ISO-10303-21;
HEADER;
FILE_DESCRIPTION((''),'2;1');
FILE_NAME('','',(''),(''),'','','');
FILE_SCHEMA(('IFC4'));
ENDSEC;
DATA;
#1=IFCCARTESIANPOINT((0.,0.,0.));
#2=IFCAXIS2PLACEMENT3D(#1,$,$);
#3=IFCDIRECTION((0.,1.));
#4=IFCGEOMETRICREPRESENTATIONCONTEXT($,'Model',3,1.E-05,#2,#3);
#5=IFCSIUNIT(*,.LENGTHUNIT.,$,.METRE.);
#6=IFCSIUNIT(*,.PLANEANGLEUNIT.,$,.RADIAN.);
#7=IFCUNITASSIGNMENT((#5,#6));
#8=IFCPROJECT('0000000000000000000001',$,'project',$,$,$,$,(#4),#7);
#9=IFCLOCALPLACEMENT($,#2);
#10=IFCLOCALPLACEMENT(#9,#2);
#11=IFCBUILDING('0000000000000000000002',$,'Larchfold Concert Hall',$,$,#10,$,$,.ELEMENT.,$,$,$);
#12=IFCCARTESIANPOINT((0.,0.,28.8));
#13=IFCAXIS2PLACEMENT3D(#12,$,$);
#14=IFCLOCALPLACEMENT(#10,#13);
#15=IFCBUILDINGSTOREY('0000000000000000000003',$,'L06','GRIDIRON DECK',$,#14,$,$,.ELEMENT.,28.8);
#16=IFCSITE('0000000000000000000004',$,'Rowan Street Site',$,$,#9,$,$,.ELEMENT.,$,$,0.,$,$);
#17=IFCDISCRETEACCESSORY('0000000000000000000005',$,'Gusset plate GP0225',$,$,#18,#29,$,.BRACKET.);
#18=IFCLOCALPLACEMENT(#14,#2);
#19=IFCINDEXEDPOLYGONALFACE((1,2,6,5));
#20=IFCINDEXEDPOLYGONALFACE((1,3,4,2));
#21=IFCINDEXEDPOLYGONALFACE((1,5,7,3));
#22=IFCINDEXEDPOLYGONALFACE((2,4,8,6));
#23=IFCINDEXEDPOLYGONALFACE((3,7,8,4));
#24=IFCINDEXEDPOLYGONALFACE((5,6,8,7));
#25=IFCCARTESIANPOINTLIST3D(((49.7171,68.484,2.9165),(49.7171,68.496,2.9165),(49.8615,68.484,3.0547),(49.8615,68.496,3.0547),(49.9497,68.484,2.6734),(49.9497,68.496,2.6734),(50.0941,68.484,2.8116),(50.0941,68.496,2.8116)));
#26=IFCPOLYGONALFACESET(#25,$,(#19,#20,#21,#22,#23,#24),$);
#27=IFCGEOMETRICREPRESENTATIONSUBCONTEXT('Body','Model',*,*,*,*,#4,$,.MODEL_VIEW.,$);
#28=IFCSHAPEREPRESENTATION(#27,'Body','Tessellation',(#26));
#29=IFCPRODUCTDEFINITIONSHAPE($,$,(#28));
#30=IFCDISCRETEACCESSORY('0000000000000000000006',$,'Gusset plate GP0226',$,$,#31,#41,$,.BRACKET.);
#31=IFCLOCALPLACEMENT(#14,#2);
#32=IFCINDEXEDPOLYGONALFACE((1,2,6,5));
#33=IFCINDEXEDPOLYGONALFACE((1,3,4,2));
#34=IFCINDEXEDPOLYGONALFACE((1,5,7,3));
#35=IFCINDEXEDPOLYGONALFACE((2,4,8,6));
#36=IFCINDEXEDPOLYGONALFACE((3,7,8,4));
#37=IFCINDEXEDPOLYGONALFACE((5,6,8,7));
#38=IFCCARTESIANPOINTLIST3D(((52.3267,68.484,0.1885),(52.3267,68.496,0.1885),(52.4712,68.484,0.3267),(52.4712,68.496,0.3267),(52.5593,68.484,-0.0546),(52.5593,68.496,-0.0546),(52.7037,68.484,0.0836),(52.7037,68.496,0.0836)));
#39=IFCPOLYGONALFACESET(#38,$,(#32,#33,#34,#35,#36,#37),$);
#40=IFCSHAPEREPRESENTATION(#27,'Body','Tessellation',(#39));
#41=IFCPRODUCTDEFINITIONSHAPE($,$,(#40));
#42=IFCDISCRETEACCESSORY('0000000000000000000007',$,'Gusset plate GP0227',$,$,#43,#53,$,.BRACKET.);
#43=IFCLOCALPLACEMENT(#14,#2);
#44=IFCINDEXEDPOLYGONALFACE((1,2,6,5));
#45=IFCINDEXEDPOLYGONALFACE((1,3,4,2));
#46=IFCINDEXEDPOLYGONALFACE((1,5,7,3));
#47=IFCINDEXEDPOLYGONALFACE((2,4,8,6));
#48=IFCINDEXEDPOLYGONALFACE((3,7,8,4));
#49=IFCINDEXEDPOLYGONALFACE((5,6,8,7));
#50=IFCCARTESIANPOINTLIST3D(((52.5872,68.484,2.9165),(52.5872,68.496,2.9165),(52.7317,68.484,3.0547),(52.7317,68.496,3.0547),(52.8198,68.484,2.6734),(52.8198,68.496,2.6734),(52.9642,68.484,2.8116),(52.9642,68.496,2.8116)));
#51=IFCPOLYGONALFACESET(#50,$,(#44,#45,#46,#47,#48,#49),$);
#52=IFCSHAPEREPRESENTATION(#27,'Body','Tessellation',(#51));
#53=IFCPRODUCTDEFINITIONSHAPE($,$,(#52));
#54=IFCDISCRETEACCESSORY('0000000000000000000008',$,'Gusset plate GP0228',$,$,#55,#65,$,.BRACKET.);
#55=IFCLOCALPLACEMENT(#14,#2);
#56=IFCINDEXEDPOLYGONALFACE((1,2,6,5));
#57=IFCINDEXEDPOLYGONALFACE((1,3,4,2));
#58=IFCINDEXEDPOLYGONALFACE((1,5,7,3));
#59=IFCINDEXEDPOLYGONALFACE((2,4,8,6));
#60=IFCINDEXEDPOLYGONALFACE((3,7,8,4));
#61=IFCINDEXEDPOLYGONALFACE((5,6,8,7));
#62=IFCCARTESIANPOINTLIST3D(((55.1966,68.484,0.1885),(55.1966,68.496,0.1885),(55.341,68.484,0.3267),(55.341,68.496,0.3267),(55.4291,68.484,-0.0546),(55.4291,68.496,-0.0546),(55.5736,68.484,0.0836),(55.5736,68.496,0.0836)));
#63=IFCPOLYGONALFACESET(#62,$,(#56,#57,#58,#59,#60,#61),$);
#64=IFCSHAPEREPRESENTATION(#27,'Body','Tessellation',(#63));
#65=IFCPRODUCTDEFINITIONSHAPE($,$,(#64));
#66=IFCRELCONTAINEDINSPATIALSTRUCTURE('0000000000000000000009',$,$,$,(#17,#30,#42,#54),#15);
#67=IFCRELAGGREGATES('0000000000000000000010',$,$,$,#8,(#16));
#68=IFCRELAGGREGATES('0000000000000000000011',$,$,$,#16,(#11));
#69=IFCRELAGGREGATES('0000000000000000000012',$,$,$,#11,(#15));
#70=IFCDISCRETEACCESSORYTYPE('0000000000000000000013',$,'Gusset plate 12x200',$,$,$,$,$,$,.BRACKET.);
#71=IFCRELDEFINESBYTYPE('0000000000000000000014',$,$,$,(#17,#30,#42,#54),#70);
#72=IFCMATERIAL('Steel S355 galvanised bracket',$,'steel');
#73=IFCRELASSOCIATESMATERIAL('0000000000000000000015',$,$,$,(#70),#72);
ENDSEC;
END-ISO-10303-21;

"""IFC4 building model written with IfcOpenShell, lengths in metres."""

from ifc_helpers import new_model, si_unit, direction, frame, origin, origin_2d, place, context, subcontext, project, spatial, rectangle, extrude, material, material_profile, profile_set, type_object, element, save


model = new_model("IFC4")

# Units and contexts
model_context = context("Model", 3, precision=1e-05, world=origin(), true_north=direction((0.0, 1.0)))
body_context = subcontext(model_context, "Body", "Model", "MODEL_VIEW")
ifc_project = project(units=[si_unit("LENGTHUNIT", "METRE"), si_unit("PLANEANGLEUNIT", "RADIAN")], contexts=[model_context])

# Site, building, storey
site_placement = place(None, origin())
site = spatial("IfcSite", under=ifc_project, at=site_placement, Name="Rowan Street Site", CompositionType="ELEMENT", RefElevation=0.0)
building_placement = place(site_placement, origin())
building = spatial("IfcBuilding", under=site, at=building_placement, Name="Larchfold Concert Hall", CompositionType="ELEMENT")
storey_placement = place(building_placement, frame((0.0, 0.0, 28.8)))
storey = spatial("IfcBuildingStorey", under=building, at=storey_placement, Name="L06", Description="GRIDIRON DECK", CompositionType="ELEMENT", Elevation=28.8)

# Discrete accessories
ifc_material_1 = material(Name="Steel S355 galvanised bracket", Category="steel")
ifc_material_profile_1 = material_profile(ifc_material_1, rectangle(XDim=0.012, YDim=0.2, at=origin_2d()))
ifc_profile_set_1 = profile_set([ifc_material_profile_1], Name="Steel S355 galvanised bracket")
discrete_accessory_type = type_object("IfcDiscreteAccessoryType", Name="Gusset plate 12x200", PredefinedType="BRACKET", material=ifc_profile_set_1)
for number, where, z_axis, x_axis, name in (
    (1, (49.7893, 68.49, 2.9856), (0.691338, 0.0, -0.722532), (0.0, 1.0, 0.0), "Gusset plate GP0225"),
    (2, (52.3989, 68.49, 0.2576), (0.691338, 0.0, -0.722532), (0.0, 1.0, 0.0), "Gusset plate GP0226"),
    (3, (52.6594, 68.49, 2.9856), (0.691338, 0.0, -0.722532), (0.0, 1.0, 0.0), "Gusset plate GP0227"),
    (4, (55.2688, 68.49, 0.2576), (0.691338, 0.0, -0.722532), (0.0, 1.0, 0.0), "Gusset plate GP0228"),
):
    element("IfcDiscreteAccessory", number, at=place(storey_placement, frame(where, z_axis=z_axis, x_axis=x_axis)), inside=storey, type_object=discrete_accessory_type, Name=name, PredefinedType="BRACKET", context=body_context, shape_type="SweptSolid", body=[
        extrude(rectangle(XDim=0.012, YDim=0.2, at=origin_2d()), origin(), (0.0, 0.0, 1.0), 0.3364),
    ])

save(model, "model.ifc")
